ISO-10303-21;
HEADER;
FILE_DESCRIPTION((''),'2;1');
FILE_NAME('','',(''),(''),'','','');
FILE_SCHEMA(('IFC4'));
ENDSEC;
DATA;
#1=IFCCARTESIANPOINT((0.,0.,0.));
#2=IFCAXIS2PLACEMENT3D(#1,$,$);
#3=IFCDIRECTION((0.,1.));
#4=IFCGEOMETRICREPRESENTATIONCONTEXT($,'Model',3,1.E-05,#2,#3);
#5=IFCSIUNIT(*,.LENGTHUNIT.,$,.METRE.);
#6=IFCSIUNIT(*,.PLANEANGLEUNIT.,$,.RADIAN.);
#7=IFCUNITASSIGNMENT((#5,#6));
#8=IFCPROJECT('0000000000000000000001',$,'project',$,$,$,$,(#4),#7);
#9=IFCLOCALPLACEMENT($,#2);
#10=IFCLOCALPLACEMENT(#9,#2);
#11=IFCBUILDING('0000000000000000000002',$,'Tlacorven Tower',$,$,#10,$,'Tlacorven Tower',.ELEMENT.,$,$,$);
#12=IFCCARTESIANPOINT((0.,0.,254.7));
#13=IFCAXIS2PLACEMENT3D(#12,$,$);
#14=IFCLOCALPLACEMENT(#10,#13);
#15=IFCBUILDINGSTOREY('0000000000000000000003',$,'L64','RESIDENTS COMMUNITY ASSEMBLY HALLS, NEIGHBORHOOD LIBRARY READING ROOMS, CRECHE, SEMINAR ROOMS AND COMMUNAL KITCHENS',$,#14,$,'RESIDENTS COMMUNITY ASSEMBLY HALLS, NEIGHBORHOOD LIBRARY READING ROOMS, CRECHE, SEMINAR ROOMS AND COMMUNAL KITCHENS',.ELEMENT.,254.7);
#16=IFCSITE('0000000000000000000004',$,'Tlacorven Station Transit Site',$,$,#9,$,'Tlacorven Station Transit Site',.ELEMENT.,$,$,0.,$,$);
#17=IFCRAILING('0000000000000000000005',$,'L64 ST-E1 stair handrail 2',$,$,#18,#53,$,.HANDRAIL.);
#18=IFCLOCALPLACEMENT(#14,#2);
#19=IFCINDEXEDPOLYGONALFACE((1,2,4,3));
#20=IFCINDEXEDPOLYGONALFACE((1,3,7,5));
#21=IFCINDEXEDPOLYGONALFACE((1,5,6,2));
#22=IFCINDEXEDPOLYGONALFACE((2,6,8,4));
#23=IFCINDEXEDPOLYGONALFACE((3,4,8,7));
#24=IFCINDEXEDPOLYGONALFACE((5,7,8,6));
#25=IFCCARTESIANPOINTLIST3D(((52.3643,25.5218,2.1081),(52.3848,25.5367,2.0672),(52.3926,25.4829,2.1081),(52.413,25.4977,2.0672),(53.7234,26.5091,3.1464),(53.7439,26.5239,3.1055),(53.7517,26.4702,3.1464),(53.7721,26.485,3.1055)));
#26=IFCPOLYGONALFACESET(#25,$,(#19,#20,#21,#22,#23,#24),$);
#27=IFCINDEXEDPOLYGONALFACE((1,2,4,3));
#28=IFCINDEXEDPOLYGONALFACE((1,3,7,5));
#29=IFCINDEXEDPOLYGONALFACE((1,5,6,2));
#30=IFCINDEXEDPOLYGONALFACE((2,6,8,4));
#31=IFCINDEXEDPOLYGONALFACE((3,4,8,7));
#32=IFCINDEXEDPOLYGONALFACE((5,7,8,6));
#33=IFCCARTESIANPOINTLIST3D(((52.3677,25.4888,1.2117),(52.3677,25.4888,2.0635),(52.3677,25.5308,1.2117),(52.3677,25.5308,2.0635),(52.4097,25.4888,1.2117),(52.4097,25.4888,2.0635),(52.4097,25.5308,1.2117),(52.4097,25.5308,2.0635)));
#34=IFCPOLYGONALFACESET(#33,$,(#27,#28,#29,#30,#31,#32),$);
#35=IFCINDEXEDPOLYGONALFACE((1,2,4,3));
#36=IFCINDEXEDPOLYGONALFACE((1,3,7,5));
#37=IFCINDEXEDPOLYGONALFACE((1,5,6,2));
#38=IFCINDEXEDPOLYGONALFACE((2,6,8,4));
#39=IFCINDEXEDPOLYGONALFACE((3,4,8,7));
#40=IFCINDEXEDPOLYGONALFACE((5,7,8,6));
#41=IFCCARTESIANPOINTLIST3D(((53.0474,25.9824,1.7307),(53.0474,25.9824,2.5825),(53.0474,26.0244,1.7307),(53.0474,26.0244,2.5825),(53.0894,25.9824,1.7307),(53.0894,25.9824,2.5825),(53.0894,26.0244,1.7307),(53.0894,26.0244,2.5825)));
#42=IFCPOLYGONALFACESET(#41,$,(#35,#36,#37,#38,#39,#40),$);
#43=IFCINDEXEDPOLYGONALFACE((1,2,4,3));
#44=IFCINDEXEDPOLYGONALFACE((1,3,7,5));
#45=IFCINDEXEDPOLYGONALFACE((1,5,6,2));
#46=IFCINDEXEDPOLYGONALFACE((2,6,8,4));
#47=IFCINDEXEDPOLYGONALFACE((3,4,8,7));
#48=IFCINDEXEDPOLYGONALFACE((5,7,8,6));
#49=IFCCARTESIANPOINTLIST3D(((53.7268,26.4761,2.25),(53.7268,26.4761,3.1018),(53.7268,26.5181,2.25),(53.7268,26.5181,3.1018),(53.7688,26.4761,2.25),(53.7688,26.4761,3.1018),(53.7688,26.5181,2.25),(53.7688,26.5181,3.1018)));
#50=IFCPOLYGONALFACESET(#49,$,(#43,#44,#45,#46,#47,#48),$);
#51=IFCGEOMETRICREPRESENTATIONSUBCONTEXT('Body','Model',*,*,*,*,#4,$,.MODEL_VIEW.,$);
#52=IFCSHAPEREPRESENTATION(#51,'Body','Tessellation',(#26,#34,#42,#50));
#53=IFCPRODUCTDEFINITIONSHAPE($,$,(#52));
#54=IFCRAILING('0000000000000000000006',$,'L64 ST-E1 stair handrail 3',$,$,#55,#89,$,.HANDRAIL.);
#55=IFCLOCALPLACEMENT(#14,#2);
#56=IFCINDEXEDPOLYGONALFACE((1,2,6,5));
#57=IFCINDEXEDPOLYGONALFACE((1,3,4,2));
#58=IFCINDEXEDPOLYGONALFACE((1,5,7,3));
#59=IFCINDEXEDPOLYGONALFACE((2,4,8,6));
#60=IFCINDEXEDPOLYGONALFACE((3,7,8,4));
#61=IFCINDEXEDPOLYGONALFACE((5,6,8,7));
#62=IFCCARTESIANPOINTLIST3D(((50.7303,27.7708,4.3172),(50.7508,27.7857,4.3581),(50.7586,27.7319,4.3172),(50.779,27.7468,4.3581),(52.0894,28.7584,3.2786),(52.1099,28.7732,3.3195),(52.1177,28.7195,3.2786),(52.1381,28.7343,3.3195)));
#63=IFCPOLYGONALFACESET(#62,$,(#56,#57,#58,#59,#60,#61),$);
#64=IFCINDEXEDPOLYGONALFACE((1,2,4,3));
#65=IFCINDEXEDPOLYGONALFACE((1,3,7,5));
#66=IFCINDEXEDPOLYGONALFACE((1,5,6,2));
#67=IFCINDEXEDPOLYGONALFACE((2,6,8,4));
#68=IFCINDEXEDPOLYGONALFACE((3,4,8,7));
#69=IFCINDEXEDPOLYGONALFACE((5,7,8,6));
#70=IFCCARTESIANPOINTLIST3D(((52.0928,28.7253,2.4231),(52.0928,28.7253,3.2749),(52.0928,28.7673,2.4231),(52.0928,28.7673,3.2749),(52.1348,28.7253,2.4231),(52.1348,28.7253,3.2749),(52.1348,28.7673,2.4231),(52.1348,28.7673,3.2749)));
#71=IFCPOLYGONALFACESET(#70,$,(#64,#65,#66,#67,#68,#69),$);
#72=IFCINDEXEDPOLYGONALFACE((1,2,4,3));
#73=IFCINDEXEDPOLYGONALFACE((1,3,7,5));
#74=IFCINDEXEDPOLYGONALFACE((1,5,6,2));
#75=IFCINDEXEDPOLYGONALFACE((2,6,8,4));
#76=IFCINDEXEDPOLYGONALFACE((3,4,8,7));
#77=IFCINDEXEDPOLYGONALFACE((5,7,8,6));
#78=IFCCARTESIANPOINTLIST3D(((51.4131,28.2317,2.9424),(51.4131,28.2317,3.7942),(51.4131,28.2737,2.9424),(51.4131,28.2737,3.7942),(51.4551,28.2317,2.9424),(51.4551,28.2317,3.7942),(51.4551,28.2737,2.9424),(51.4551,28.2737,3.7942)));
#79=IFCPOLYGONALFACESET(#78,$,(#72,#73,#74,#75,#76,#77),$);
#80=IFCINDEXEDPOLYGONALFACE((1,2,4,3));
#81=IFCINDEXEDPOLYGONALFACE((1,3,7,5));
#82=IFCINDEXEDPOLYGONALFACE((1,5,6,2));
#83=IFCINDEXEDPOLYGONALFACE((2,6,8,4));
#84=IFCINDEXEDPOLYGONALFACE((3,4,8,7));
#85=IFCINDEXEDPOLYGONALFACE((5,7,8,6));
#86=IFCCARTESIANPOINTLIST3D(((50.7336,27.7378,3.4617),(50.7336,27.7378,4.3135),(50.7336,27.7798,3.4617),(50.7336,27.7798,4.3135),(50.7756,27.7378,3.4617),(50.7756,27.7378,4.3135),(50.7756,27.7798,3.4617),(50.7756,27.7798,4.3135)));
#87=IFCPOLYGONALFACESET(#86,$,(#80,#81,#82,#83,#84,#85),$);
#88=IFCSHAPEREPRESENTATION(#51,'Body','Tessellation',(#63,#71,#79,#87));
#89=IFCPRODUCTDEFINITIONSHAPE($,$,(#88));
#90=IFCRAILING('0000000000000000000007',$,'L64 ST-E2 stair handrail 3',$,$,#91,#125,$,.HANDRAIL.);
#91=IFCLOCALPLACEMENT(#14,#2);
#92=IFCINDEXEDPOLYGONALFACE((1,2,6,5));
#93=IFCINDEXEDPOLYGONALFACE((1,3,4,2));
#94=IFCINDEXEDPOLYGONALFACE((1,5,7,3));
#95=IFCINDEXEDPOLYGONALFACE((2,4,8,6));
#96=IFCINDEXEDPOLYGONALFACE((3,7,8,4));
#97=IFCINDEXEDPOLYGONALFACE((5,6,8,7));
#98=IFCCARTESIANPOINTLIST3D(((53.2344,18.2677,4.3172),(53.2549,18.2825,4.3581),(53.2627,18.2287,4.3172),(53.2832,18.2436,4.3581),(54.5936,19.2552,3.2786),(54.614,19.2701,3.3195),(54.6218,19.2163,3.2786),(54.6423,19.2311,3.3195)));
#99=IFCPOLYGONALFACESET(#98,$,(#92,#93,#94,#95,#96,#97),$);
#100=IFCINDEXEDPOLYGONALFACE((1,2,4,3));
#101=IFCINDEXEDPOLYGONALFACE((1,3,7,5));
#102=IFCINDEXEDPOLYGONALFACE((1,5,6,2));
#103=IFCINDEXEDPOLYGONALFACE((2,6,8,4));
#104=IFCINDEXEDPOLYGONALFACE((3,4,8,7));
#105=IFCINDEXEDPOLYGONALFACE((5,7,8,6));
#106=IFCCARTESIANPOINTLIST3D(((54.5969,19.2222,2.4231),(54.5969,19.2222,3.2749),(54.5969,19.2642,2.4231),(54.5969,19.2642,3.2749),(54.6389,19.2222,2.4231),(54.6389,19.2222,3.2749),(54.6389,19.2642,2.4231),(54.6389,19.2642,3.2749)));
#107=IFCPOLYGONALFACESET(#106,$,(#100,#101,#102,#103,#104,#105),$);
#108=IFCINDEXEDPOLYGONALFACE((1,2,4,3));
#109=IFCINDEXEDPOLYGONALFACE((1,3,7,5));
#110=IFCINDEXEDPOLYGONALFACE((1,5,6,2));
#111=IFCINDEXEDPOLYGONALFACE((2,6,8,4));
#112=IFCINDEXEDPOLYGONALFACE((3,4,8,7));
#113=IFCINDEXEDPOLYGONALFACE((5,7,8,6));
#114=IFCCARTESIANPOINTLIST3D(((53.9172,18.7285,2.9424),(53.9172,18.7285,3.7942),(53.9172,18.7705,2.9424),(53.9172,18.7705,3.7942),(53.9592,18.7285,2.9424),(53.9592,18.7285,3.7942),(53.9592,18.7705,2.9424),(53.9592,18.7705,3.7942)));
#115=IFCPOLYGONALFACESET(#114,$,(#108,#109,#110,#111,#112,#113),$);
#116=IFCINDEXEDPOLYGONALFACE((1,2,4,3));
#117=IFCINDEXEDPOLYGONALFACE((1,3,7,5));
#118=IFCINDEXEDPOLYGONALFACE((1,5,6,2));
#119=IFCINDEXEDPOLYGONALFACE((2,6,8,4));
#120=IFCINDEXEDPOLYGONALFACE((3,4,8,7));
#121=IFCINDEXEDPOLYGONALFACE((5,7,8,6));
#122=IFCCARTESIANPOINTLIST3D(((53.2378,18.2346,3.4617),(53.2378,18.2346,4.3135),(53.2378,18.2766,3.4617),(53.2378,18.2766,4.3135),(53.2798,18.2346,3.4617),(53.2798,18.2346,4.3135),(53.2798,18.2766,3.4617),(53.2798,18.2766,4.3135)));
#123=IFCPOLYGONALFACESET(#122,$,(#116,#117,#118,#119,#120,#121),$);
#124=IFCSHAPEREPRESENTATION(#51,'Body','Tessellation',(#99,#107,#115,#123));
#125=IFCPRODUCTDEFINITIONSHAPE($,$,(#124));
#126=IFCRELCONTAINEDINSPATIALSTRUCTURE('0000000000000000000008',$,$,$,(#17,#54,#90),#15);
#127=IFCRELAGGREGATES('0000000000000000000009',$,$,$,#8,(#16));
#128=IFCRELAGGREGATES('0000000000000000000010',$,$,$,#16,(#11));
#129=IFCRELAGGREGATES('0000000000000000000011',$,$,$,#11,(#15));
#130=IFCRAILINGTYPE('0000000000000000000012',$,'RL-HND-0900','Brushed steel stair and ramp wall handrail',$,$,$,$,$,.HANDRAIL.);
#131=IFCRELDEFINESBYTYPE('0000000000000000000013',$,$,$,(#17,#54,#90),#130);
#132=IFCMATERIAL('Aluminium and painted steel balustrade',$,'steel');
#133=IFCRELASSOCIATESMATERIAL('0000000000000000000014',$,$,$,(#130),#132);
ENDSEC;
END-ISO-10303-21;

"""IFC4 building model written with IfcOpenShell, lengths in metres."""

from ifc_helpers import new_model, si_unit, direction, frame, origin, origin_2d, place, context, subcontext, project, spatial, rectangle, extrude, source, transform, mapped, material, type_object, element, save


model = new_model("IFC4")

# Units and contexts
model_context = context("Model", 3, precision=1e-05, world=origin(), true_north=direction((0.0, 1.0)))
body_context = subcontext(model_context, "Body", "Model", "MODEL_VIEW")
ifc_project = project(units=[si_unit("LENGTHUNIT", "METRE"), si_unit("PLANEANGLEUNIT", "RADIAN")], contexts=[model_context])

# Site, building, storey
site_placement = place(None, origin())
site = spatial("IfcSite", under=ifc_project, at=site_placement, Name="Tlacorven Station Transit Site", LongName="Tlacorven Station Transit Site", CompositionType="ELEMENT", RefElevation=0.0)
building_placement = place(site_placement, origin())
building = spatial("IfcBuilding", under=site, at=building_placement, Name="Tlacorven Tower", LongName="Tlacorven Tower", CompositionType="ELEMENT")
storey_placement = place(building_placement, frame((0.0, 0.0, 254.7)))
storey = spatial("IfcBuildingStorey", under=building, at=storey_placement, Name="L64", Description="RESIDENTS COMMUNITY ASSEMBLY HALLS, NEIGHBORHOOD LIBRARY READING ROOMS, CRECHE, SEMINAR ROOMS AND COMMUNAL KITCHENS", LongName="RESIDENTS COMMUNITY ASSEMBLY HALLS, NEIGHBORHOOD LIBRARY READING ROOMS, CRECHE, SEMINAR ROOMS AND COMMUNAL KITCHENS", CompositionType="ELEMENT", Elevation=254.7)

# Railings
ifc_material_1 = material(Name="Aluminium and painted steel balustrade", Category="steel")
railing_type_1 = type_object("IfcRailingType", Name="RL-HND-0900", Description="Brushed steel stair and ramp wall handrail", PredefinedType="HANDRAIL", material=ifc_material_1)
shared_shape_1 = source(origin(), body_context, "Body", "SweptSolid", [
    extrude(rectangle(XDim=0.0481, YDim=0.0481, at=origin_2d()), frame((0.0, 0.0, 0.876), z_axis=(0.688211, 0.499932, 0.52577), x_axis=(-0.587722, 0.809063, 0.0)), (0.0, 0.0, 1.0), 1.9749),
    extrude(rectangle(XDim=0.042, YDim=0.042, at=origin_2d()), origin(), (0.0, 0.0, 1.0), 0.8518),
    extrude(rectangle(XDim=0.042, YDim=0.042, at=origin_2d()), frame((0.6797, 0.4937, 0.519)), (0.0, 0.0, 1.0), 0.8518),
    extrude(rectangle(XDim=0.042, YDim=0.042, at=origin_2d()), frame((1.3591, 0.9873, 1.0383)), (0.0, 0.0, 1.0), 0.8518),
])
railing_1_placement = place(storey_placement, frame((52.3887, 25.5098, 1.2117)))
element("IfcRailing", 1, at=railing_1_placement, inside=storey, type_object=railing_type_1, Name="L64 ST-E1 stair handrail 2", PredefinedType="HANDRAIL", context=body_context, shape_type="MappedRepresentation", body=[
    mapped(shared_shape_1, transform((0.0, 0.0, 0.0), scale=1.0)),
])
shared_shape_2 = source(origin(), body_context, "Body", "SweptSolid", [
    extrude(rectangle(XDim=0.0481, YDim=0.0481, at=origin_2d()), frame((0.0, 0.0, 0.876), z_axis=(-0.688123, -0.499993, 0.525827), x_axis=(0.587817, -0.808994, 0.0)), (0.0, 0.0, 1.0), 1.9751),
    extrude(rectangle(XDim=0.042, YDim=0.042, at=origin_2d()), origin(), (0.0, 0.0, 1.0), 0.8518),
    extrude(rectangle(XDim=0.042, YDim=0.042, at=origin_2d()), frame((-0.6797, -0.4937, 0.5193)), (0.0, 0.0, 1.0), 0.8518),
    extrude(rectangle(XDim=0.042, YDim=0.042, at=origin_2d()), frame((-1.3591, -0.9875, 1.0386)), (0.0, 0.0, 1.0), 0.8518),
])
for number, where, name in (
    (2, (52.1138, 28.7463, 2.4231), "L64 ST-E1 stair handrail 3"),
    (3, (54.6179, 19.2432, 2.4231), "L64 ST-E2 stair handrail 3"),
):
    element("IfcRailing", number, at=place(storey_placement, frame(where)), inside=storey, type_object=railing_type_1, Name=name, PredefinedType="HANDRAIL", context=body_context, shape_type="MappedRepresentation", body=[
        mapped(shared_shape_2, transform((0.0, 0.0, 0.0), scale=1.0)),
    ])

save(model, "model.ifc")
